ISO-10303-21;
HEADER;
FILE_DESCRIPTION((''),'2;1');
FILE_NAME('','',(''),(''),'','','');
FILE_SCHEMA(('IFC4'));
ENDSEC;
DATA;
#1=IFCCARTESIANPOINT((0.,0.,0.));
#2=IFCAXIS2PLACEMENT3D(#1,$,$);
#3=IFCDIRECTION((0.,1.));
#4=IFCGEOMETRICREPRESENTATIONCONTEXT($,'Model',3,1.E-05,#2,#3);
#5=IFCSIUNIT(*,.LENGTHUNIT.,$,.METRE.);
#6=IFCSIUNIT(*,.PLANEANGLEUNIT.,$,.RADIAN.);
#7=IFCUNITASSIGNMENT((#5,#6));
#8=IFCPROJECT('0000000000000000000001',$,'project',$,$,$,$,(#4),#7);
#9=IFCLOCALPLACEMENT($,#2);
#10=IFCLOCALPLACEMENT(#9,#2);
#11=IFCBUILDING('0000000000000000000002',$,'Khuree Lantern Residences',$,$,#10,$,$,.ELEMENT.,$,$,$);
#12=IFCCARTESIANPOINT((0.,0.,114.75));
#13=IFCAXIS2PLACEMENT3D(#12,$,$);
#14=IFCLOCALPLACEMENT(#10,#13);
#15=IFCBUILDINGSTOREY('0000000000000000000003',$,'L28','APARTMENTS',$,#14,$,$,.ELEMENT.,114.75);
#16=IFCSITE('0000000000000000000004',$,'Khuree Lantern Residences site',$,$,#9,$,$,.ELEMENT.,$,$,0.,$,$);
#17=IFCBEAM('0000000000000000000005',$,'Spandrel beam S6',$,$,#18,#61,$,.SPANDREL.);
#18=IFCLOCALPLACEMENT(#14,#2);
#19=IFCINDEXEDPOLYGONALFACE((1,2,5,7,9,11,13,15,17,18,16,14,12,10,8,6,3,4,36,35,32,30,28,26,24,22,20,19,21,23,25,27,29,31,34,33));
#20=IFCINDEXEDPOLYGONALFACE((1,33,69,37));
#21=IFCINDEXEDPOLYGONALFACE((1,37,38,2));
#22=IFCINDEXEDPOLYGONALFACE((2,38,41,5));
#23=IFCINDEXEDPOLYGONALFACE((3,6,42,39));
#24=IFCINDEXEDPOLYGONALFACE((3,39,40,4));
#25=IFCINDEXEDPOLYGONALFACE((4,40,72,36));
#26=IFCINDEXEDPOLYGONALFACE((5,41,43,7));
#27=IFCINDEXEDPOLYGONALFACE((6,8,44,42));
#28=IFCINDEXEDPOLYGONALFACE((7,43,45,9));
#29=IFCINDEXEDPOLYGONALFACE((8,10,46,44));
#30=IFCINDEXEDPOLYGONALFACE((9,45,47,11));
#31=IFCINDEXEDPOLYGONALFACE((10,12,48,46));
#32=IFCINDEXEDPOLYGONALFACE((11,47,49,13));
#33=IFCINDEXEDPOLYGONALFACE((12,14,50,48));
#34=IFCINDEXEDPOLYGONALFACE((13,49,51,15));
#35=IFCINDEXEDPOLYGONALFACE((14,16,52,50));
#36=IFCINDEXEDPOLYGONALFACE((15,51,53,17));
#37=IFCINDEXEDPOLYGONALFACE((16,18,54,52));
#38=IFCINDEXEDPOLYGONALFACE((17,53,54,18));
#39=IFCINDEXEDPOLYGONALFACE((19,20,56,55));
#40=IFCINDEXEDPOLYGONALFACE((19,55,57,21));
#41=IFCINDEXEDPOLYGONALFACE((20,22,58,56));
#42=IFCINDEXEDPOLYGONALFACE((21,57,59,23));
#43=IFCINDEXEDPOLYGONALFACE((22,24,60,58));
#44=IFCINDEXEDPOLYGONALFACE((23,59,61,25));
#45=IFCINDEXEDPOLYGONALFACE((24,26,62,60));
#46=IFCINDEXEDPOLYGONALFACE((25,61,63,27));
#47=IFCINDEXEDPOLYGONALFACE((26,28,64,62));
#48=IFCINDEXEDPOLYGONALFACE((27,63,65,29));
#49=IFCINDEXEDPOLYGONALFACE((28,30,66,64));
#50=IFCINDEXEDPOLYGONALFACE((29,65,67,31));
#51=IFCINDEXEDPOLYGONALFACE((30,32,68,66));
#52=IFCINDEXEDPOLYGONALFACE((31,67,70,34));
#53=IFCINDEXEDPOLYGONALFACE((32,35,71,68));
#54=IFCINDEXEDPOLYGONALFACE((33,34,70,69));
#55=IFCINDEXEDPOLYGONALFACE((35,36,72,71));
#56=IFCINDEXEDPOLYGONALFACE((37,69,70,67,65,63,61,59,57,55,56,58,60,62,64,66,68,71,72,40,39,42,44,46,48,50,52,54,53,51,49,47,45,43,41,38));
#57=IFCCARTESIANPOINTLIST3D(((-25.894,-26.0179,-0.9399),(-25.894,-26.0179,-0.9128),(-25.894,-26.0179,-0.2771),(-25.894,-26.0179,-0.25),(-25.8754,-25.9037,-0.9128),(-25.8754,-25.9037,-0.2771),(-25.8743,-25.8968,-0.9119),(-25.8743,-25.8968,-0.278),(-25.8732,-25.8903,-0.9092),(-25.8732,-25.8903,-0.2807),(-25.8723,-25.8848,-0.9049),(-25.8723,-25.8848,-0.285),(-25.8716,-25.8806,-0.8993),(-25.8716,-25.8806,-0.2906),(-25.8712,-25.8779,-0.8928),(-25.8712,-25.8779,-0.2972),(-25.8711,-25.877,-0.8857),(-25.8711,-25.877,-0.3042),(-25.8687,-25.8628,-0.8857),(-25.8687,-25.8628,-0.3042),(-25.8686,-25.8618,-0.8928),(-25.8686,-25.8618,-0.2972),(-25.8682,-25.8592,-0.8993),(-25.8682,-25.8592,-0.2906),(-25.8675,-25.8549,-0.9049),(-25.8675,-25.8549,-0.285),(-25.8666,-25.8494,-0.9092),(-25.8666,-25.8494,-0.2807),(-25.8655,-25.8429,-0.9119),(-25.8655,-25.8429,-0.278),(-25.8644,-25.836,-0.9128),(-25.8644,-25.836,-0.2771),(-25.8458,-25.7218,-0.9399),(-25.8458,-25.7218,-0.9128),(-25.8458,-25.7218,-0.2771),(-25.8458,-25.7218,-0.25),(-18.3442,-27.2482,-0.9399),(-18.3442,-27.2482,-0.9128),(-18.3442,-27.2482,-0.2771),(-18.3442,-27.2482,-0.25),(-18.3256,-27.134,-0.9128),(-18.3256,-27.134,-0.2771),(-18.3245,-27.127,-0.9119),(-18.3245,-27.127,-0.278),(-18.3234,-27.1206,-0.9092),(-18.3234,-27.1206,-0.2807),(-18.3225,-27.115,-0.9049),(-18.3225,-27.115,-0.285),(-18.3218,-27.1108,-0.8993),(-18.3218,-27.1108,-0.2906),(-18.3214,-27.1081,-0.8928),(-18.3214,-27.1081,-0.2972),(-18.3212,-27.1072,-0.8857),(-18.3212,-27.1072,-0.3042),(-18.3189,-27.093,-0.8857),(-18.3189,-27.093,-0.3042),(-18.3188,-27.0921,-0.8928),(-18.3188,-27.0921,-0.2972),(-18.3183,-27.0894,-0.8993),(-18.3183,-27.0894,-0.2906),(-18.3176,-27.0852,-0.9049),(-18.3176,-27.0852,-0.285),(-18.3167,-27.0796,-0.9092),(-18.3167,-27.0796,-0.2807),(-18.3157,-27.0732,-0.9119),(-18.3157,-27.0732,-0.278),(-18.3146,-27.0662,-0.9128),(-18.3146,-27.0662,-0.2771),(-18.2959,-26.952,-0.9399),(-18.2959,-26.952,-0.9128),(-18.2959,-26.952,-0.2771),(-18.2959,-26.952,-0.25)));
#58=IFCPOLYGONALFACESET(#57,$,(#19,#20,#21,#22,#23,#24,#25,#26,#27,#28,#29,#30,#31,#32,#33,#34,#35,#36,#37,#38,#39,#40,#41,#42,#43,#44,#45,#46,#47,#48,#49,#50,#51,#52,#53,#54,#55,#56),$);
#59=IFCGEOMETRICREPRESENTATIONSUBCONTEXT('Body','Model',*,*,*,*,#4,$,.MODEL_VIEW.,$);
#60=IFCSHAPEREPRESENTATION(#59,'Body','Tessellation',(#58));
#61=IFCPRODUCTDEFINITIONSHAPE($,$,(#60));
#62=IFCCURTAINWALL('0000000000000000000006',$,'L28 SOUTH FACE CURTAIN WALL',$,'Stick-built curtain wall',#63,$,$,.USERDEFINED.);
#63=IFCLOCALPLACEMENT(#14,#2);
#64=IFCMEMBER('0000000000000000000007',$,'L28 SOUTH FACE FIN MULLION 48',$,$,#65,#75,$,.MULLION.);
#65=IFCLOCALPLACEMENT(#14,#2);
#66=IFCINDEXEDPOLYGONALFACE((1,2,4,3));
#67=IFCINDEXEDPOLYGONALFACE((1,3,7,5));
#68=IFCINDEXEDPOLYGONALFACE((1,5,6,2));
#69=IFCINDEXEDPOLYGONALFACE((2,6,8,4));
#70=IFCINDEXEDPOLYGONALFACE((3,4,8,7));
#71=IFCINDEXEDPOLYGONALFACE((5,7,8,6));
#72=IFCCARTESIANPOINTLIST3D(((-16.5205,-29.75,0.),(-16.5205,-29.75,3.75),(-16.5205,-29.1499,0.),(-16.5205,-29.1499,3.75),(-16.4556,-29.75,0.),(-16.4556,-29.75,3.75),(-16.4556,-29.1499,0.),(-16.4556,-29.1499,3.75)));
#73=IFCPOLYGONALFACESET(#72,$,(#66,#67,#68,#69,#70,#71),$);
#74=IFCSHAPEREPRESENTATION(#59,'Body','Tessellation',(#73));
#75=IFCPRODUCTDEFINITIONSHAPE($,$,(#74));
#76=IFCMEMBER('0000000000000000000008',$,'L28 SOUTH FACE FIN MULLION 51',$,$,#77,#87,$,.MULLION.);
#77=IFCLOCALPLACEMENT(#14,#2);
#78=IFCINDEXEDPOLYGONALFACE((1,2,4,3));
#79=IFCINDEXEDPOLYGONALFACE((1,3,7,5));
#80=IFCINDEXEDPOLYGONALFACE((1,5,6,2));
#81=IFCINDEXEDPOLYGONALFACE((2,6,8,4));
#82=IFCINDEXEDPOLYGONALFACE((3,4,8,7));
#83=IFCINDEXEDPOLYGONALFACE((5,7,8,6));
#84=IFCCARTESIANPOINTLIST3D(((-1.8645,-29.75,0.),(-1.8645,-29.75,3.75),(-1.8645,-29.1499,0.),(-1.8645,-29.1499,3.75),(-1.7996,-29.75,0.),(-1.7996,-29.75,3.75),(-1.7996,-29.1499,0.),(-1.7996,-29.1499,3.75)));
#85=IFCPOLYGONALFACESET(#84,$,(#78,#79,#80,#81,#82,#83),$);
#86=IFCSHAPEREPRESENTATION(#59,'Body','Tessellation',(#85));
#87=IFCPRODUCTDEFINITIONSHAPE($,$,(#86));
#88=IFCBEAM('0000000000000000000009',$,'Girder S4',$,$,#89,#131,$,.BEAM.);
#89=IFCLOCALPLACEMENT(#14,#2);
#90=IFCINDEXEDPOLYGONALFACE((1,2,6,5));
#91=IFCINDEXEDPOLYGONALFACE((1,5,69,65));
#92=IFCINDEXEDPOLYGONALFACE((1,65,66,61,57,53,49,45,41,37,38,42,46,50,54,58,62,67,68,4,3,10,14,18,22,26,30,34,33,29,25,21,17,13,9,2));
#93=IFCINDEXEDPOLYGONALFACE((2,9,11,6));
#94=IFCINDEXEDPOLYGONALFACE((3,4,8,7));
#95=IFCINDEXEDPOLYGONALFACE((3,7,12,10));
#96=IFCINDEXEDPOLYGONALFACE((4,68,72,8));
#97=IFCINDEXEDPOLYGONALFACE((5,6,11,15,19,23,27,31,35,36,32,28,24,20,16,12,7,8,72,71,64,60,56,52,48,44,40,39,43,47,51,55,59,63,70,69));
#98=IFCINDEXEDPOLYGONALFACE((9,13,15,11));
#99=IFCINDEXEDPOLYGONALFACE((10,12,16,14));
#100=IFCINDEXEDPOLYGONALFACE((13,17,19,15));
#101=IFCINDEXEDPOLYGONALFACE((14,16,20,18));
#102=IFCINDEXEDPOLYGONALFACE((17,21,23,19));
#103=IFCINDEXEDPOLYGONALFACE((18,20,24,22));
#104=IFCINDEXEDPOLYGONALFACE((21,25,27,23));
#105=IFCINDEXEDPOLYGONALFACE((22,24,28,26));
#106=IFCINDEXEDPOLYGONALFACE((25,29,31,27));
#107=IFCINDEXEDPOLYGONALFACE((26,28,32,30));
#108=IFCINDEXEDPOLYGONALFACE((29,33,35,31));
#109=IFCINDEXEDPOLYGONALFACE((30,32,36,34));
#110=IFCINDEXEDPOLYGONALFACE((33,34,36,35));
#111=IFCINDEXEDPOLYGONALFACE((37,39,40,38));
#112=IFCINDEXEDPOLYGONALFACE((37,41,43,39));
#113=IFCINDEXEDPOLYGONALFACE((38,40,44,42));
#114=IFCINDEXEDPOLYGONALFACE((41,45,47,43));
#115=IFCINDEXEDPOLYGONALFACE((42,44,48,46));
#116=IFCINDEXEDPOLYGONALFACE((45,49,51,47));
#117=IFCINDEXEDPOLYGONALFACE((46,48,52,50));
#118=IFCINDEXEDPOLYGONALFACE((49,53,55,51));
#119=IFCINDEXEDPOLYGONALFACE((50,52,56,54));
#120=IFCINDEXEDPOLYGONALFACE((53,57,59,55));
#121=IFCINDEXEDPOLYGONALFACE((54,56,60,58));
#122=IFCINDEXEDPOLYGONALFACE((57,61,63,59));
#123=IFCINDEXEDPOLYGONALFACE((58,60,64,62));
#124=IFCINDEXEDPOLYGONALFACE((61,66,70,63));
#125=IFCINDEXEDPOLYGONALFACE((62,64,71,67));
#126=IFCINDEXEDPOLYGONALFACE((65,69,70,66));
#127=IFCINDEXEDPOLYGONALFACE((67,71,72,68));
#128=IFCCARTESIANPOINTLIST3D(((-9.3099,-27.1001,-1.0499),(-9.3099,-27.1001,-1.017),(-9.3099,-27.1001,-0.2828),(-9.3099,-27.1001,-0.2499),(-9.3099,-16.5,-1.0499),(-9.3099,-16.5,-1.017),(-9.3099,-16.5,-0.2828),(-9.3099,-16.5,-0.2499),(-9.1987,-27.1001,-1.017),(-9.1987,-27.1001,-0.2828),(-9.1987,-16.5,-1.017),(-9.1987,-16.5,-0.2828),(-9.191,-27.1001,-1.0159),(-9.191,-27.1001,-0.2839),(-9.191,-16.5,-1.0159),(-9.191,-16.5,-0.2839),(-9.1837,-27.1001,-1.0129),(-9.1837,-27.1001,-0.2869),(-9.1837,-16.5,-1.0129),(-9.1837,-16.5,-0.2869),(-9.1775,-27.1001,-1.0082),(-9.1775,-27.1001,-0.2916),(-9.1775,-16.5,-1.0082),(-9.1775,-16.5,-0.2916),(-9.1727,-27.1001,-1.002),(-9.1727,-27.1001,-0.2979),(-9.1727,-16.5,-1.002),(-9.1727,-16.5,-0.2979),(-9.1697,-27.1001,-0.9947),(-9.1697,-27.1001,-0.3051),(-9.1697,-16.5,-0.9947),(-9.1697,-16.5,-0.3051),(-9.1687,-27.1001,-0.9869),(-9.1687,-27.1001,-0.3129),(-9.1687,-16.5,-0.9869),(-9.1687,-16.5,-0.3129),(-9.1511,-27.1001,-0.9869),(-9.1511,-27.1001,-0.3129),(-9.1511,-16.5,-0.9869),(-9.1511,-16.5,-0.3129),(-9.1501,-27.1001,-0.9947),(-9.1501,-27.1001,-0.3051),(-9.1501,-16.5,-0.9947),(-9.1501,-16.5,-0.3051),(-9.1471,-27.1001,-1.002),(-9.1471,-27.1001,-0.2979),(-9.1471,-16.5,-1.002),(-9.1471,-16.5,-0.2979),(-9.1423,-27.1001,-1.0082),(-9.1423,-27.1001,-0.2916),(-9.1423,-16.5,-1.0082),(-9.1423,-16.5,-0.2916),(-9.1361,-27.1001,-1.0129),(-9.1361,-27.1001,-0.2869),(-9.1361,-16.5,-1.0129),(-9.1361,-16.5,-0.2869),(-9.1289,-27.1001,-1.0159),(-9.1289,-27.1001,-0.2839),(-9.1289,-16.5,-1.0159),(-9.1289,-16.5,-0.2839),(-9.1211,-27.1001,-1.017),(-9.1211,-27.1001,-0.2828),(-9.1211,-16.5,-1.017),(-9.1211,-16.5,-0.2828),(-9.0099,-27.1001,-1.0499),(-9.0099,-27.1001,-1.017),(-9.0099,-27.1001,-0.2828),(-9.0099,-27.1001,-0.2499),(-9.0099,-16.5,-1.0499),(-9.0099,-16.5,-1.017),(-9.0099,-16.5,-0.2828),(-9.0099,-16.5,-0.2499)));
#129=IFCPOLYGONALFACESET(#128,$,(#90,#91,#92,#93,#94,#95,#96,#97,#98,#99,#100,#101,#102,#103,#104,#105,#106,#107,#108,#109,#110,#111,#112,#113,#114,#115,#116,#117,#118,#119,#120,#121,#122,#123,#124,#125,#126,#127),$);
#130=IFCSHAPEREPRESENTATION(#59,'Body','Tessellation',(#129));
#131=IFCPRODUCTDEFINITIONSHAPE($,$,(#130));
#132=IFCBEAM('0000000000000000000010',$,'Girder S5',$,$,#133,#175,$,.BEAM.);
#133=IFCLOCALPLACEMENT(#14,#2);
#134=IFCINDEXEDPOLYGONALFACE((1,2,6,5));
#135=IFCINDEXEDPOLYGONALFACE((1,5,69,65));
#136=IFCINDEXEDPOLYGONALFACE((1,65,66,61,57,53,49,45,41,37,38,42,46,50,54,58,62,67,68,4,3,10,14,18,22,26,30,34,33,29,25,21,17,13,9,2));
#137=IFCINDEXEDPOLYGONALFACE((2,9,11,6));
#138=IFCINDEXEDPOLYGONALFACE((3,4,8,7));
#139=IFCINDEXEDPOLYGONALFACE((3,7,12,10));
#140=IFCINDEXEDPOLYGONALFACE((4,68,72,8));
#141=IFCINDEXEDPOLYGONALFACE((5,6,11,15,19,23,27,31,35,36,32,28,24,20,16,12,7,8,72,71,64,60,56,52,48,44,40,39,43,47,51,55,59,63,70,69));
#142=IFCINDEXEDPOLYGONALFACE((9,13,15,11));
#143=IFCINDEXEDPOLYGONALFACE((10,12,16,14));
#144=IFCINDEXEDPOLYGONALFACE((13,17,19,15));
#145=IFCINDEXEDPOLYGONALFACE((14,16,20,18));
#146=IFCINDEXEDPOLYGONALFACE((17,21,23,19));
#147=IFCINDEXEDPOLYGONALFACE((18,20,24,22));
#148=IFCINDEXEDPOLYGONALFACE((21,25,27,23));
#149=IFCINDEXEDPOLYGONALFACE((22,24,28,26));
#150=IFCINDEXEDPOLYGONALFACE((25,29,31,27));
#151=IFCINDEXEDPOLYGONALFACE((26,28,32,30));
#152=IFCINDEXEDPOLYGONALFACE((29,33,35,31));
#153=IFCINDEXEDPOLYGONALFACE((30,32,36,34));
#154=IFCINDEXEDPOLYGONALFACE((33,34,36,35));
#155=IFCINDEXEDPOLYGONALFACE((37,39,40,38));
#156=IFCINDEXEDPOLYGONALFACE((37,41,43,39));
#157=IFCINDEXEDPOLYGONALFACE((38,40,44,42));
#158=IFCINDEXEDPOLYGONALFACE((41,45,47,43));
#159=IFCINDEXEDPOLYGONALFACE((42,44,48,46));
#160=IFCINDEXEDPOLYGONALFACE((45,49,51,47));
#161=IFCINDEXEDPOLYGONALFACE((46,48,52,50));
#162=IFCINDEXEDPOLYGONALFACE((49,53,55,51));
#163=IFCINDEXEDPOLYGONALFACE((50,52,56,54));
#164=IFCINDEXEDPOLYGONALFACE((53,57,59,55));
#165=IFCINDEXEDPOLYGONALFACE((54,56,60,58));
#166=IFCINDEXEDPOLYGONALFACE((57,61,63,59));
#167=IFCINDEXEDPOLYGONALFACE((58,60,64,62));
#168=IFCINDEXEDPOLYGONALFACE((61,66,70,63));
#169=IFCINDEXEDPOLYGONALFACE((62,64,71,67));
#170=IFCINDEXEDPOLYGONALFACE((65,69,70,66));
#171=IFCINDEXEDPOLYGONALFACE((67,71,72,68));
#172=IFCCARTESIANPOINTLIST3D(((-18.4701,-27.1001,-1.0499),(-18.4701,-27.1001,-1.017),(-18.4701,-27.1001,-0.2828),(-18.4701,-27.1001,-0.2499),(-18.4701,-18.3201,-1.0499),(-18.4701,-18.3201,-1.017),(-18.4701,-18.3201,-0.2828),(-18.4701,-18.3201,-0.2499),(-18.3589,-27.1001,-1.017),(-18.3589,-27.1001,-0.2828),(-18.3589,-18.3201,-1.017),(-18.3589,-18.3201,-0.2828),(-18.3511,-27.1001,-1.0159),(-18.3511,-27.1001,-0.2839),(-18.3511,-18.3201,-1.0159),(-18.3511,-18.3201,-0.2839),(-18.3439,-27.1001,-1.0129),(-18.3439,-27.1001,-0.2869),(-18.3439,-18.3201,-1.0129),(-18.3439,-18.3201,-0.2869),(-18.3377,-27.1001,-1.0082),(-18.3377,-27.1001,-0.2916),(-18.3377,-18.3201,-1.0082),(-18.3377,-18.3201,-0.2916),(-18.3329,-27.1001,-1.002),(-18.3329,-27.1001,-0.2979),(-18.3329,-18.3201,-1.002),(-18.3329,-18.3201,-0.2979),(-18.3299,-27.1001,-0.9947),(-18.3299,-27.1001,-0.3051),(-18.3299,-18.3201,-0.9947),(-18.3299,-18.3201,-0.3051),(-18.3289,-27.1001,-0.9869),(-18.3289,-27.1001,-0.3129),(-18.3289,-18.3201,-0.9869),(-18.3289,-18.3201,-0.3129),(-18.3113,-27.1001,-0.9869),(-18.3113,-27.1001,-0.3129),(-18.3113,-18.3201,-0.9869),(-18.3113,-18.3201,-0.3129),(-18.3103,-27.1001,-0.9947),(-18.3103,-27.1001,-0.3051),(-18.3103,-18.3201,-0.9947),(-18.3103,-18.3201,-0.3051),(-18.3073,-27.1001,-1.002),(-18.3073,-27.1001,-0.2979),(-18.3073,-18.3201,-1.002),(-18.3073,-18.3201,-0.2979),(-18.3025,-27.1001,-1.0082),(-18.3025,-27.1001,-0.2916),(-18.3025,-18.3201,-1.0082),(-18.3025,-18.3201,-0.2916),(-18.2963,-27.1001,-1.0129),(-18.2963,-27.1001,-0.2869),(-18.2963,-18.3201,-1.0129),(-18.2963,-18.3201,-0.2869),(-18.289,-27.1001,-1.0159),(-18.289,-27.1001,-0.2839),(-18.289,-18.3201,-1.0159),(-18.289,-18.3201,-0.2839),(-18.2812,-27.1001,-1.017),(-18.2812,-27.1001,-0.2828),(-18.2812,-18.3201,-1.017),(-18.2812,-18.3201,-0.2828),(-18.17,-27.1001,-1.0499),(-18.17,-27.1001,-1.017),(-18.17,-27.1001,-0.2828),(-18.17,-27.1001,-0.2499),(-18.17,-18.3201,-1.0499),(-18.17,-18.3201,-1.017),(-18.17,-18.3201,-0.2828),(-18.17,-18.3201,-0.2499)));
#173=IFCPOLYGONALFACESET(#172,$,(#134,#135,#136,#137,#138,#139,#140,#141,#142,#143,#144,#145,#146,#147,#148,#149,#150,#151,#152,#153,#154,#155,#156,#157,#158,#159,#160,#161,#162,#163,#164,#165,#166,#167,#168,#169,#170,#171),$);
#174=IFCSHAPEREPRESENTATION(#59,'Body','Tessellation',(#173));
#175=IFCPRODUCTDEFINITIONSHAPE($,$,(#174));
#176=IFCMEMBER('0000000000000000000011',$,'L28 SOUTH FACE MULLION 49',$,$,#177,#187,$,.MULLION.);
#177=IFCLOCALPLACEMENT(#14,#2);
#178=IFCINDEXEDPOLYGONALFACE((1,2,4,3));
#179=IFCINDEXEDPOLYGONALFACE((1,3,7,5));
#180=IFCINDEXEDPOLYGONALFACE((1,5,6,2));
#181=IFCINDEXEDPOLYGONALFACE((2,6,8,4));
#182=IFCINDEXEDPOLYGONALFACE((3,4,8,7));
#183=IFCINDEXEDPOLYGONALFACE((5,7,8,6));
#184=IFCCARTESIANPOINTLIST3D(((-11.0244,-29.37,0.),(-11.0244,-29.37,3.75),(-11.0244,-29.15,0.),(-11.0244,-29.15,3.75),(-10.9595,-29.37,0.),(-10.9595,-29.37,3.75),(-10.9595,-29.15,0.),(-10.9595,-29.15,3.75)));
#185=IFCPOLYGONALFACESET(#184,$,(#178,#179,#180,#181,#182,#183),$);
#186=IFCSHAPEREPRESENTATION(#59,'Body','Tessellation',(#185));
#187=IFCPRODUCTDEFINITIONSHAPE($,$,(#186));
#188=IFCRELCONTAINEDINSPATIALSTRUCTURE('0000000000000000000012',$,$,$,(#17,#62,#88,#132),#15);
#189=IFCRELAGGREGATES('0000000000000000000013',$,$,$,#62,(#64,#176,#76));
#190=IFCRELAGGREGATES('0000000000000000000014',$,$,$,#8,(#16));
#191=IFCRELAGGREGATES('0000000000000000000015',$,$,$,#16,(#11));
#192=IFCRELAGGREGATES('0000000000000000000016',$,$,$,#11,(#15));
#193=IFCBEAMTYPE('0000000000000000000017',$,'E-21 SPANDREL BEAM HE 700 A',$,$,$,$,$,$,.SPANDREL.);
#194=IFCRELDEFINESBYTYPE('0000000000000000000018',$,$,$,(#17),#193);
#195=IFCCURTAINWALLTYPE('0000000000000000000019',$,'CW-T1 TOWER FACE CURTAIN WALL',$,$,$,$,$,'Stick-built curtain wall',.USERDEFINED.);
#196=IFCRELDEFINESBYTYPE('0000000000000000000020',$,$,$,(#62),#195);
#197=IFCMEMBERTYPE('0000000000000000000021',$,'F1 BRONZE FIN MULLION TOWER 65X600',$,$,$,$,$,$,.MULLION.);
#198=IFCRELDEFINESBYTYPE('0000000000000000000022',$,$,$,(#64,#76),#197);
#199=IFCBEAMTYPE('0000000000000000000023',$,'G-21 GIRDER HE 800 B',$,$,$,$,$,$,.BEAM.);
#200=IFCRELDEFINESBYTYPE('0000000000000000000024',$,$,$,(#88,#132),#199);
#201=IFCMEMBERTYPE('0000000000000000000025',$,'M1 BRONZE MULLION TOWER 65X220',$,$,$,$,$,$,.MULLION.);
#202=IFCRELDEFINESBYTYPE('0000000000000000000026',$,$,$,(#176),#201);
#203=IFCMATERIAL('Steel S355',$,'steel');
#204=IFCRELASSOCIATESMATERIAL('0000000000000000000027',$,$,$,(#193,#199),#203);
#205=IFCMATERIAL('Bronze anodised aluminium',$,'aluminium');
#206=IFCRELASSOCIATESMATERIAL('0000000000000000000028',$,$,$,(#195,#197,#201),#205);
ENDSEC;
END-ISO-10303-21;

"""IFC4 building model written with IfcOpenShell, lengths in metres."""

from ifc_helpers import new_model, si_unit, direction, frame, origin, origin_2d, place, context, subcontext, project, spatial, rectangle, i_section, extrude, material, material_profile, profile_set, type_object, element, aggregate, save


model = new_model("IFC4")

# Units and contexts
model_context = context("Model", 3, precision=1e-05, world=origin(), true_north=direction((0.0, 1.0)))
body_context = subcontext(model_context, "Body", "Model", "MODEL_VIEW")
ifc_project = project(units=[si_unit("LENGTHUNIT", "METRE"), si_unit("PLANEANGLEUNIT", "RADIAN")], contexts=[model_context])

# Site, building, storey
site_placement = place(None, origin())
site = spatial("IfcSite", under=ifc_project, at=site_placement, Name="Khuree Lantern Residences site", CompositionType="ELEMENT", RefElevation=0.0)
building_placement = place(site_placement, origin())
building = spatial("IfcBuilding", under=site, at=building_placement, Name="Khuree Lantern Residences", CompositionType="ELEMENT")
storey_placement = place(building_placement, frame((0.0, 0.0, 114.75)))
storey = spatial("IfcBuildingStorey", under=building, at=storey_placement, Name="L28", Description="APARTMENTS", CompositionType="ELEMENT", Elevation=114.75)

# Beam
ifc_material_1 = material(Name="Steel S355", Category="steel")
ifc_material_profile_1 = material_profile(ifc_material_1, i_section(OverallWidth=0.3, OverallDepth=0.6899, WebThickness=0.0144, FlangeThickness=0.0271, FilletRadius=0.0271, at=origin_2d()), Name="HE 700 A")
ifc_profile_set_1 = profile_set([ifc_material_profile_1], Name="Steel S355")
beam_type_1 = type_object("IfcBeamType", Name="E-21 SPANDREL BEAM HE 700 A", PredefinedType="SPANDREL", material=ifc_profile_set_1)
beam_1_placement = place(storey_placement, frame((-18.3201, -27.1001, -0.595), z_axis=(-0.986983, 0.160827, 0.0), x_axis=(-0.160827, -0.986983, 0.0)))
element("IfcBeam", 1, at=beam_1_placement, inside=storey, type_object=beam_type_1, Name="Spandrel beam S6", PredefinedType="SPANDREL", context=body_context, shape_type="SweptSolid", body=[
    extrude(i_section(OverallWidth=0.3, OverallDepth=0.6899, WebThickness=0.0144, FlangeThickness=0.0271, FilletRadius=0.0271, at=origin_2d()), origin(), (0.0, 0.0, 1.0), 7.6494),
])

# Curtain wall, members
ifc_material_2 = material(Name="Bronze anodised aluminium", Category="aluminium")
curtain_wall_type = type_object("IfcCurtainWallType", Name="CW-T1 TOWER FACE CURTAIN WALL", ElementType="Stick-built curtain wall", PredefinedType="USERDEFINED", material=ifc_material_2)
curtain_wall_placement = place(storey_placement, origin())
curtain_wall = element("IfcCurtainWall", 2, at=curtain_wall_placement, inside=storey, type_object=curtain_wall_type, Name="L28 SOUTH FACE CURTAIN WALL", ObjectType="Stick-built curtain wall", PredefinedType="USERDEFINED")
ifc_material_profile_2 = material_profile(ifc_material_2, rectangle(XDim=0.0649, YDim=0.6001, at=origin_2d()), Name="F1 65X600")
ifc_profile_set_2 = profile_set([ifc_material_profile_2], Name="Bronze anodised aluminium")
member_type_1 = type_object("IfcMemberType", Name="F1 BRONZE FIN MULLION TOWER 65X600", PredefinedType="MULLION", material=ifc_profile_set_2)
member_1_placement = place(storey_placement, frame((-16.488, -29.45, 0.0), z_axis=(0.0, 0.0, 1.0), x_axis=(1.0, 0.0, 0.0)))
member_1 = element("IfcMember", 3, at=member_1_placement, type_object=member_type_1, Name="L28 SOUTH FACE FIN MULLION 48", PredefinedType="MULLION", context=body_context, shape_type="SweptSolid", body=[
    extrude(rectangle(XDim=0.0649, YDim=0.6001, at=origin_2d()), origin(), (0.0, 0.0, 1.0), 3.75),
])
member_2_placement = place(storey_placement, frame((-1.832, -29.45, 0.0), z_axis=(0.0, 0.0, 1.0), x_axis=(1.0, 0.0, 0.0)))
member_2 = element("IfcMember", 4, at=member_2_placement, type_object=member_type_1, Name="L28 SOUTH FACE FIN MULLION 51", PredefinedType="MULLION", context=body_context, shape_type="SweptSolid", body=[
    extrude(rectangle(XDim=0.0649, YDim=0.6001, at=origin_2d()), origin(), (0.0, 0.0, 1.0), 3.75),
])

# Beams
ifc_material_profile_3 = material_profile(ifc_material_1, i_section(OverallWidth=0.3, OverallDepth=0.8, WebThickness=0.0176, FlangeThickness=0.033, FilletRadius=0.03, at=origin_2d()), Name="HE 800 B")
ifc_profile_set_3 = profile_set([ifc_material_profile_3], Name="Steel S355")
beam_type_2 = type_object("IfcBeamType", Name="G-21 GIRDER HE 800 B", PredefinedType="BEAM", material=ifc_profile_set_3)
beam_2_placement = place(storey_placement, frame((-9.1599, -27.1001, -0.6499), z_axis=(0.0, 1.0, 0.0), x_axis=(-1.0, 0.0, 0.0)))
element("IfcBeam", 5, at=beam_2_placement, inside=storey, type_object=beam_type_2, Name="Girder S4", PredefinedType="BEAM", context=body_context, shape_type="SweptSolid", body=[
    extrude(i_section(OverallWidth=0.3, OverallDepth=0.8, WebThickness=0.0176, FlangeThickness=0.033, FilletRadius=0.03, at=origin_2d()), origin(), (0.0, 0.0, 1.0), 10.6001),
])
beam_3_placement = place(storey_placement, frame((-18.3201, -27.1001, -0.6499), z_axis=(0.0, 1.0, 0.0), x_axis=(-1.0, 0.0, 0.0)))
element("IfcBeam", 6, at=beam_3_placement, inside=storey, type_object=beam_type_2, Name="Girder S5", PredefinedType="BEAM", context=body_context, shape_type="SweptSolid", body=[
    extrude(i_section(OverallWidth=0.3, OverallDepth=0.8, WebThickness=0.0176, FlangeThickness=0.033, FilletRadius=0.03, at=origin_2d()), origin(), (0.0, 0.0, 1.0), 8.78),
])

# Member
ifc_material_profile_4 = material_profile(ifc_material_2, rectangle(XDim=0.0649, YDim=0.22, at=origin_2d()), Name="M1 65X220")
ifc_profile_set_4 = profile_set([ifc_material_profile_4], Name="Bronze anodised aluminium")
member_type_2 = type_object("IfcMemberType", Name="M1 BRONZE MULLION TOWER 65X220", PredefinedType="MULLION", material=ifc_profile_set_4)
member_3_placement = place(storey_placement, frame((-10.9919, -29.26, 0.0), z_axis=(0.0, 0.0, 1.0), x_axis=(1.0, 0.0, 0.0)))
member_3 = element("IfcMember", 7, at=member_3_placement, type_object=member_type_2, Name="L28 SOUTH FACE MULLION 49", PredefinedType="MULLION", context=body_context, shape_type="SweptSolid", body=[
    extrude(rectangle(XDim=0.0649, YDim=0.22, at=origin_2d()), origin(), (0.0, 0.0, 1.0), 3.75),
])

aggregate(curtain_wall, [member_1, member_3, member_2])

save(model, "model.ifc")
